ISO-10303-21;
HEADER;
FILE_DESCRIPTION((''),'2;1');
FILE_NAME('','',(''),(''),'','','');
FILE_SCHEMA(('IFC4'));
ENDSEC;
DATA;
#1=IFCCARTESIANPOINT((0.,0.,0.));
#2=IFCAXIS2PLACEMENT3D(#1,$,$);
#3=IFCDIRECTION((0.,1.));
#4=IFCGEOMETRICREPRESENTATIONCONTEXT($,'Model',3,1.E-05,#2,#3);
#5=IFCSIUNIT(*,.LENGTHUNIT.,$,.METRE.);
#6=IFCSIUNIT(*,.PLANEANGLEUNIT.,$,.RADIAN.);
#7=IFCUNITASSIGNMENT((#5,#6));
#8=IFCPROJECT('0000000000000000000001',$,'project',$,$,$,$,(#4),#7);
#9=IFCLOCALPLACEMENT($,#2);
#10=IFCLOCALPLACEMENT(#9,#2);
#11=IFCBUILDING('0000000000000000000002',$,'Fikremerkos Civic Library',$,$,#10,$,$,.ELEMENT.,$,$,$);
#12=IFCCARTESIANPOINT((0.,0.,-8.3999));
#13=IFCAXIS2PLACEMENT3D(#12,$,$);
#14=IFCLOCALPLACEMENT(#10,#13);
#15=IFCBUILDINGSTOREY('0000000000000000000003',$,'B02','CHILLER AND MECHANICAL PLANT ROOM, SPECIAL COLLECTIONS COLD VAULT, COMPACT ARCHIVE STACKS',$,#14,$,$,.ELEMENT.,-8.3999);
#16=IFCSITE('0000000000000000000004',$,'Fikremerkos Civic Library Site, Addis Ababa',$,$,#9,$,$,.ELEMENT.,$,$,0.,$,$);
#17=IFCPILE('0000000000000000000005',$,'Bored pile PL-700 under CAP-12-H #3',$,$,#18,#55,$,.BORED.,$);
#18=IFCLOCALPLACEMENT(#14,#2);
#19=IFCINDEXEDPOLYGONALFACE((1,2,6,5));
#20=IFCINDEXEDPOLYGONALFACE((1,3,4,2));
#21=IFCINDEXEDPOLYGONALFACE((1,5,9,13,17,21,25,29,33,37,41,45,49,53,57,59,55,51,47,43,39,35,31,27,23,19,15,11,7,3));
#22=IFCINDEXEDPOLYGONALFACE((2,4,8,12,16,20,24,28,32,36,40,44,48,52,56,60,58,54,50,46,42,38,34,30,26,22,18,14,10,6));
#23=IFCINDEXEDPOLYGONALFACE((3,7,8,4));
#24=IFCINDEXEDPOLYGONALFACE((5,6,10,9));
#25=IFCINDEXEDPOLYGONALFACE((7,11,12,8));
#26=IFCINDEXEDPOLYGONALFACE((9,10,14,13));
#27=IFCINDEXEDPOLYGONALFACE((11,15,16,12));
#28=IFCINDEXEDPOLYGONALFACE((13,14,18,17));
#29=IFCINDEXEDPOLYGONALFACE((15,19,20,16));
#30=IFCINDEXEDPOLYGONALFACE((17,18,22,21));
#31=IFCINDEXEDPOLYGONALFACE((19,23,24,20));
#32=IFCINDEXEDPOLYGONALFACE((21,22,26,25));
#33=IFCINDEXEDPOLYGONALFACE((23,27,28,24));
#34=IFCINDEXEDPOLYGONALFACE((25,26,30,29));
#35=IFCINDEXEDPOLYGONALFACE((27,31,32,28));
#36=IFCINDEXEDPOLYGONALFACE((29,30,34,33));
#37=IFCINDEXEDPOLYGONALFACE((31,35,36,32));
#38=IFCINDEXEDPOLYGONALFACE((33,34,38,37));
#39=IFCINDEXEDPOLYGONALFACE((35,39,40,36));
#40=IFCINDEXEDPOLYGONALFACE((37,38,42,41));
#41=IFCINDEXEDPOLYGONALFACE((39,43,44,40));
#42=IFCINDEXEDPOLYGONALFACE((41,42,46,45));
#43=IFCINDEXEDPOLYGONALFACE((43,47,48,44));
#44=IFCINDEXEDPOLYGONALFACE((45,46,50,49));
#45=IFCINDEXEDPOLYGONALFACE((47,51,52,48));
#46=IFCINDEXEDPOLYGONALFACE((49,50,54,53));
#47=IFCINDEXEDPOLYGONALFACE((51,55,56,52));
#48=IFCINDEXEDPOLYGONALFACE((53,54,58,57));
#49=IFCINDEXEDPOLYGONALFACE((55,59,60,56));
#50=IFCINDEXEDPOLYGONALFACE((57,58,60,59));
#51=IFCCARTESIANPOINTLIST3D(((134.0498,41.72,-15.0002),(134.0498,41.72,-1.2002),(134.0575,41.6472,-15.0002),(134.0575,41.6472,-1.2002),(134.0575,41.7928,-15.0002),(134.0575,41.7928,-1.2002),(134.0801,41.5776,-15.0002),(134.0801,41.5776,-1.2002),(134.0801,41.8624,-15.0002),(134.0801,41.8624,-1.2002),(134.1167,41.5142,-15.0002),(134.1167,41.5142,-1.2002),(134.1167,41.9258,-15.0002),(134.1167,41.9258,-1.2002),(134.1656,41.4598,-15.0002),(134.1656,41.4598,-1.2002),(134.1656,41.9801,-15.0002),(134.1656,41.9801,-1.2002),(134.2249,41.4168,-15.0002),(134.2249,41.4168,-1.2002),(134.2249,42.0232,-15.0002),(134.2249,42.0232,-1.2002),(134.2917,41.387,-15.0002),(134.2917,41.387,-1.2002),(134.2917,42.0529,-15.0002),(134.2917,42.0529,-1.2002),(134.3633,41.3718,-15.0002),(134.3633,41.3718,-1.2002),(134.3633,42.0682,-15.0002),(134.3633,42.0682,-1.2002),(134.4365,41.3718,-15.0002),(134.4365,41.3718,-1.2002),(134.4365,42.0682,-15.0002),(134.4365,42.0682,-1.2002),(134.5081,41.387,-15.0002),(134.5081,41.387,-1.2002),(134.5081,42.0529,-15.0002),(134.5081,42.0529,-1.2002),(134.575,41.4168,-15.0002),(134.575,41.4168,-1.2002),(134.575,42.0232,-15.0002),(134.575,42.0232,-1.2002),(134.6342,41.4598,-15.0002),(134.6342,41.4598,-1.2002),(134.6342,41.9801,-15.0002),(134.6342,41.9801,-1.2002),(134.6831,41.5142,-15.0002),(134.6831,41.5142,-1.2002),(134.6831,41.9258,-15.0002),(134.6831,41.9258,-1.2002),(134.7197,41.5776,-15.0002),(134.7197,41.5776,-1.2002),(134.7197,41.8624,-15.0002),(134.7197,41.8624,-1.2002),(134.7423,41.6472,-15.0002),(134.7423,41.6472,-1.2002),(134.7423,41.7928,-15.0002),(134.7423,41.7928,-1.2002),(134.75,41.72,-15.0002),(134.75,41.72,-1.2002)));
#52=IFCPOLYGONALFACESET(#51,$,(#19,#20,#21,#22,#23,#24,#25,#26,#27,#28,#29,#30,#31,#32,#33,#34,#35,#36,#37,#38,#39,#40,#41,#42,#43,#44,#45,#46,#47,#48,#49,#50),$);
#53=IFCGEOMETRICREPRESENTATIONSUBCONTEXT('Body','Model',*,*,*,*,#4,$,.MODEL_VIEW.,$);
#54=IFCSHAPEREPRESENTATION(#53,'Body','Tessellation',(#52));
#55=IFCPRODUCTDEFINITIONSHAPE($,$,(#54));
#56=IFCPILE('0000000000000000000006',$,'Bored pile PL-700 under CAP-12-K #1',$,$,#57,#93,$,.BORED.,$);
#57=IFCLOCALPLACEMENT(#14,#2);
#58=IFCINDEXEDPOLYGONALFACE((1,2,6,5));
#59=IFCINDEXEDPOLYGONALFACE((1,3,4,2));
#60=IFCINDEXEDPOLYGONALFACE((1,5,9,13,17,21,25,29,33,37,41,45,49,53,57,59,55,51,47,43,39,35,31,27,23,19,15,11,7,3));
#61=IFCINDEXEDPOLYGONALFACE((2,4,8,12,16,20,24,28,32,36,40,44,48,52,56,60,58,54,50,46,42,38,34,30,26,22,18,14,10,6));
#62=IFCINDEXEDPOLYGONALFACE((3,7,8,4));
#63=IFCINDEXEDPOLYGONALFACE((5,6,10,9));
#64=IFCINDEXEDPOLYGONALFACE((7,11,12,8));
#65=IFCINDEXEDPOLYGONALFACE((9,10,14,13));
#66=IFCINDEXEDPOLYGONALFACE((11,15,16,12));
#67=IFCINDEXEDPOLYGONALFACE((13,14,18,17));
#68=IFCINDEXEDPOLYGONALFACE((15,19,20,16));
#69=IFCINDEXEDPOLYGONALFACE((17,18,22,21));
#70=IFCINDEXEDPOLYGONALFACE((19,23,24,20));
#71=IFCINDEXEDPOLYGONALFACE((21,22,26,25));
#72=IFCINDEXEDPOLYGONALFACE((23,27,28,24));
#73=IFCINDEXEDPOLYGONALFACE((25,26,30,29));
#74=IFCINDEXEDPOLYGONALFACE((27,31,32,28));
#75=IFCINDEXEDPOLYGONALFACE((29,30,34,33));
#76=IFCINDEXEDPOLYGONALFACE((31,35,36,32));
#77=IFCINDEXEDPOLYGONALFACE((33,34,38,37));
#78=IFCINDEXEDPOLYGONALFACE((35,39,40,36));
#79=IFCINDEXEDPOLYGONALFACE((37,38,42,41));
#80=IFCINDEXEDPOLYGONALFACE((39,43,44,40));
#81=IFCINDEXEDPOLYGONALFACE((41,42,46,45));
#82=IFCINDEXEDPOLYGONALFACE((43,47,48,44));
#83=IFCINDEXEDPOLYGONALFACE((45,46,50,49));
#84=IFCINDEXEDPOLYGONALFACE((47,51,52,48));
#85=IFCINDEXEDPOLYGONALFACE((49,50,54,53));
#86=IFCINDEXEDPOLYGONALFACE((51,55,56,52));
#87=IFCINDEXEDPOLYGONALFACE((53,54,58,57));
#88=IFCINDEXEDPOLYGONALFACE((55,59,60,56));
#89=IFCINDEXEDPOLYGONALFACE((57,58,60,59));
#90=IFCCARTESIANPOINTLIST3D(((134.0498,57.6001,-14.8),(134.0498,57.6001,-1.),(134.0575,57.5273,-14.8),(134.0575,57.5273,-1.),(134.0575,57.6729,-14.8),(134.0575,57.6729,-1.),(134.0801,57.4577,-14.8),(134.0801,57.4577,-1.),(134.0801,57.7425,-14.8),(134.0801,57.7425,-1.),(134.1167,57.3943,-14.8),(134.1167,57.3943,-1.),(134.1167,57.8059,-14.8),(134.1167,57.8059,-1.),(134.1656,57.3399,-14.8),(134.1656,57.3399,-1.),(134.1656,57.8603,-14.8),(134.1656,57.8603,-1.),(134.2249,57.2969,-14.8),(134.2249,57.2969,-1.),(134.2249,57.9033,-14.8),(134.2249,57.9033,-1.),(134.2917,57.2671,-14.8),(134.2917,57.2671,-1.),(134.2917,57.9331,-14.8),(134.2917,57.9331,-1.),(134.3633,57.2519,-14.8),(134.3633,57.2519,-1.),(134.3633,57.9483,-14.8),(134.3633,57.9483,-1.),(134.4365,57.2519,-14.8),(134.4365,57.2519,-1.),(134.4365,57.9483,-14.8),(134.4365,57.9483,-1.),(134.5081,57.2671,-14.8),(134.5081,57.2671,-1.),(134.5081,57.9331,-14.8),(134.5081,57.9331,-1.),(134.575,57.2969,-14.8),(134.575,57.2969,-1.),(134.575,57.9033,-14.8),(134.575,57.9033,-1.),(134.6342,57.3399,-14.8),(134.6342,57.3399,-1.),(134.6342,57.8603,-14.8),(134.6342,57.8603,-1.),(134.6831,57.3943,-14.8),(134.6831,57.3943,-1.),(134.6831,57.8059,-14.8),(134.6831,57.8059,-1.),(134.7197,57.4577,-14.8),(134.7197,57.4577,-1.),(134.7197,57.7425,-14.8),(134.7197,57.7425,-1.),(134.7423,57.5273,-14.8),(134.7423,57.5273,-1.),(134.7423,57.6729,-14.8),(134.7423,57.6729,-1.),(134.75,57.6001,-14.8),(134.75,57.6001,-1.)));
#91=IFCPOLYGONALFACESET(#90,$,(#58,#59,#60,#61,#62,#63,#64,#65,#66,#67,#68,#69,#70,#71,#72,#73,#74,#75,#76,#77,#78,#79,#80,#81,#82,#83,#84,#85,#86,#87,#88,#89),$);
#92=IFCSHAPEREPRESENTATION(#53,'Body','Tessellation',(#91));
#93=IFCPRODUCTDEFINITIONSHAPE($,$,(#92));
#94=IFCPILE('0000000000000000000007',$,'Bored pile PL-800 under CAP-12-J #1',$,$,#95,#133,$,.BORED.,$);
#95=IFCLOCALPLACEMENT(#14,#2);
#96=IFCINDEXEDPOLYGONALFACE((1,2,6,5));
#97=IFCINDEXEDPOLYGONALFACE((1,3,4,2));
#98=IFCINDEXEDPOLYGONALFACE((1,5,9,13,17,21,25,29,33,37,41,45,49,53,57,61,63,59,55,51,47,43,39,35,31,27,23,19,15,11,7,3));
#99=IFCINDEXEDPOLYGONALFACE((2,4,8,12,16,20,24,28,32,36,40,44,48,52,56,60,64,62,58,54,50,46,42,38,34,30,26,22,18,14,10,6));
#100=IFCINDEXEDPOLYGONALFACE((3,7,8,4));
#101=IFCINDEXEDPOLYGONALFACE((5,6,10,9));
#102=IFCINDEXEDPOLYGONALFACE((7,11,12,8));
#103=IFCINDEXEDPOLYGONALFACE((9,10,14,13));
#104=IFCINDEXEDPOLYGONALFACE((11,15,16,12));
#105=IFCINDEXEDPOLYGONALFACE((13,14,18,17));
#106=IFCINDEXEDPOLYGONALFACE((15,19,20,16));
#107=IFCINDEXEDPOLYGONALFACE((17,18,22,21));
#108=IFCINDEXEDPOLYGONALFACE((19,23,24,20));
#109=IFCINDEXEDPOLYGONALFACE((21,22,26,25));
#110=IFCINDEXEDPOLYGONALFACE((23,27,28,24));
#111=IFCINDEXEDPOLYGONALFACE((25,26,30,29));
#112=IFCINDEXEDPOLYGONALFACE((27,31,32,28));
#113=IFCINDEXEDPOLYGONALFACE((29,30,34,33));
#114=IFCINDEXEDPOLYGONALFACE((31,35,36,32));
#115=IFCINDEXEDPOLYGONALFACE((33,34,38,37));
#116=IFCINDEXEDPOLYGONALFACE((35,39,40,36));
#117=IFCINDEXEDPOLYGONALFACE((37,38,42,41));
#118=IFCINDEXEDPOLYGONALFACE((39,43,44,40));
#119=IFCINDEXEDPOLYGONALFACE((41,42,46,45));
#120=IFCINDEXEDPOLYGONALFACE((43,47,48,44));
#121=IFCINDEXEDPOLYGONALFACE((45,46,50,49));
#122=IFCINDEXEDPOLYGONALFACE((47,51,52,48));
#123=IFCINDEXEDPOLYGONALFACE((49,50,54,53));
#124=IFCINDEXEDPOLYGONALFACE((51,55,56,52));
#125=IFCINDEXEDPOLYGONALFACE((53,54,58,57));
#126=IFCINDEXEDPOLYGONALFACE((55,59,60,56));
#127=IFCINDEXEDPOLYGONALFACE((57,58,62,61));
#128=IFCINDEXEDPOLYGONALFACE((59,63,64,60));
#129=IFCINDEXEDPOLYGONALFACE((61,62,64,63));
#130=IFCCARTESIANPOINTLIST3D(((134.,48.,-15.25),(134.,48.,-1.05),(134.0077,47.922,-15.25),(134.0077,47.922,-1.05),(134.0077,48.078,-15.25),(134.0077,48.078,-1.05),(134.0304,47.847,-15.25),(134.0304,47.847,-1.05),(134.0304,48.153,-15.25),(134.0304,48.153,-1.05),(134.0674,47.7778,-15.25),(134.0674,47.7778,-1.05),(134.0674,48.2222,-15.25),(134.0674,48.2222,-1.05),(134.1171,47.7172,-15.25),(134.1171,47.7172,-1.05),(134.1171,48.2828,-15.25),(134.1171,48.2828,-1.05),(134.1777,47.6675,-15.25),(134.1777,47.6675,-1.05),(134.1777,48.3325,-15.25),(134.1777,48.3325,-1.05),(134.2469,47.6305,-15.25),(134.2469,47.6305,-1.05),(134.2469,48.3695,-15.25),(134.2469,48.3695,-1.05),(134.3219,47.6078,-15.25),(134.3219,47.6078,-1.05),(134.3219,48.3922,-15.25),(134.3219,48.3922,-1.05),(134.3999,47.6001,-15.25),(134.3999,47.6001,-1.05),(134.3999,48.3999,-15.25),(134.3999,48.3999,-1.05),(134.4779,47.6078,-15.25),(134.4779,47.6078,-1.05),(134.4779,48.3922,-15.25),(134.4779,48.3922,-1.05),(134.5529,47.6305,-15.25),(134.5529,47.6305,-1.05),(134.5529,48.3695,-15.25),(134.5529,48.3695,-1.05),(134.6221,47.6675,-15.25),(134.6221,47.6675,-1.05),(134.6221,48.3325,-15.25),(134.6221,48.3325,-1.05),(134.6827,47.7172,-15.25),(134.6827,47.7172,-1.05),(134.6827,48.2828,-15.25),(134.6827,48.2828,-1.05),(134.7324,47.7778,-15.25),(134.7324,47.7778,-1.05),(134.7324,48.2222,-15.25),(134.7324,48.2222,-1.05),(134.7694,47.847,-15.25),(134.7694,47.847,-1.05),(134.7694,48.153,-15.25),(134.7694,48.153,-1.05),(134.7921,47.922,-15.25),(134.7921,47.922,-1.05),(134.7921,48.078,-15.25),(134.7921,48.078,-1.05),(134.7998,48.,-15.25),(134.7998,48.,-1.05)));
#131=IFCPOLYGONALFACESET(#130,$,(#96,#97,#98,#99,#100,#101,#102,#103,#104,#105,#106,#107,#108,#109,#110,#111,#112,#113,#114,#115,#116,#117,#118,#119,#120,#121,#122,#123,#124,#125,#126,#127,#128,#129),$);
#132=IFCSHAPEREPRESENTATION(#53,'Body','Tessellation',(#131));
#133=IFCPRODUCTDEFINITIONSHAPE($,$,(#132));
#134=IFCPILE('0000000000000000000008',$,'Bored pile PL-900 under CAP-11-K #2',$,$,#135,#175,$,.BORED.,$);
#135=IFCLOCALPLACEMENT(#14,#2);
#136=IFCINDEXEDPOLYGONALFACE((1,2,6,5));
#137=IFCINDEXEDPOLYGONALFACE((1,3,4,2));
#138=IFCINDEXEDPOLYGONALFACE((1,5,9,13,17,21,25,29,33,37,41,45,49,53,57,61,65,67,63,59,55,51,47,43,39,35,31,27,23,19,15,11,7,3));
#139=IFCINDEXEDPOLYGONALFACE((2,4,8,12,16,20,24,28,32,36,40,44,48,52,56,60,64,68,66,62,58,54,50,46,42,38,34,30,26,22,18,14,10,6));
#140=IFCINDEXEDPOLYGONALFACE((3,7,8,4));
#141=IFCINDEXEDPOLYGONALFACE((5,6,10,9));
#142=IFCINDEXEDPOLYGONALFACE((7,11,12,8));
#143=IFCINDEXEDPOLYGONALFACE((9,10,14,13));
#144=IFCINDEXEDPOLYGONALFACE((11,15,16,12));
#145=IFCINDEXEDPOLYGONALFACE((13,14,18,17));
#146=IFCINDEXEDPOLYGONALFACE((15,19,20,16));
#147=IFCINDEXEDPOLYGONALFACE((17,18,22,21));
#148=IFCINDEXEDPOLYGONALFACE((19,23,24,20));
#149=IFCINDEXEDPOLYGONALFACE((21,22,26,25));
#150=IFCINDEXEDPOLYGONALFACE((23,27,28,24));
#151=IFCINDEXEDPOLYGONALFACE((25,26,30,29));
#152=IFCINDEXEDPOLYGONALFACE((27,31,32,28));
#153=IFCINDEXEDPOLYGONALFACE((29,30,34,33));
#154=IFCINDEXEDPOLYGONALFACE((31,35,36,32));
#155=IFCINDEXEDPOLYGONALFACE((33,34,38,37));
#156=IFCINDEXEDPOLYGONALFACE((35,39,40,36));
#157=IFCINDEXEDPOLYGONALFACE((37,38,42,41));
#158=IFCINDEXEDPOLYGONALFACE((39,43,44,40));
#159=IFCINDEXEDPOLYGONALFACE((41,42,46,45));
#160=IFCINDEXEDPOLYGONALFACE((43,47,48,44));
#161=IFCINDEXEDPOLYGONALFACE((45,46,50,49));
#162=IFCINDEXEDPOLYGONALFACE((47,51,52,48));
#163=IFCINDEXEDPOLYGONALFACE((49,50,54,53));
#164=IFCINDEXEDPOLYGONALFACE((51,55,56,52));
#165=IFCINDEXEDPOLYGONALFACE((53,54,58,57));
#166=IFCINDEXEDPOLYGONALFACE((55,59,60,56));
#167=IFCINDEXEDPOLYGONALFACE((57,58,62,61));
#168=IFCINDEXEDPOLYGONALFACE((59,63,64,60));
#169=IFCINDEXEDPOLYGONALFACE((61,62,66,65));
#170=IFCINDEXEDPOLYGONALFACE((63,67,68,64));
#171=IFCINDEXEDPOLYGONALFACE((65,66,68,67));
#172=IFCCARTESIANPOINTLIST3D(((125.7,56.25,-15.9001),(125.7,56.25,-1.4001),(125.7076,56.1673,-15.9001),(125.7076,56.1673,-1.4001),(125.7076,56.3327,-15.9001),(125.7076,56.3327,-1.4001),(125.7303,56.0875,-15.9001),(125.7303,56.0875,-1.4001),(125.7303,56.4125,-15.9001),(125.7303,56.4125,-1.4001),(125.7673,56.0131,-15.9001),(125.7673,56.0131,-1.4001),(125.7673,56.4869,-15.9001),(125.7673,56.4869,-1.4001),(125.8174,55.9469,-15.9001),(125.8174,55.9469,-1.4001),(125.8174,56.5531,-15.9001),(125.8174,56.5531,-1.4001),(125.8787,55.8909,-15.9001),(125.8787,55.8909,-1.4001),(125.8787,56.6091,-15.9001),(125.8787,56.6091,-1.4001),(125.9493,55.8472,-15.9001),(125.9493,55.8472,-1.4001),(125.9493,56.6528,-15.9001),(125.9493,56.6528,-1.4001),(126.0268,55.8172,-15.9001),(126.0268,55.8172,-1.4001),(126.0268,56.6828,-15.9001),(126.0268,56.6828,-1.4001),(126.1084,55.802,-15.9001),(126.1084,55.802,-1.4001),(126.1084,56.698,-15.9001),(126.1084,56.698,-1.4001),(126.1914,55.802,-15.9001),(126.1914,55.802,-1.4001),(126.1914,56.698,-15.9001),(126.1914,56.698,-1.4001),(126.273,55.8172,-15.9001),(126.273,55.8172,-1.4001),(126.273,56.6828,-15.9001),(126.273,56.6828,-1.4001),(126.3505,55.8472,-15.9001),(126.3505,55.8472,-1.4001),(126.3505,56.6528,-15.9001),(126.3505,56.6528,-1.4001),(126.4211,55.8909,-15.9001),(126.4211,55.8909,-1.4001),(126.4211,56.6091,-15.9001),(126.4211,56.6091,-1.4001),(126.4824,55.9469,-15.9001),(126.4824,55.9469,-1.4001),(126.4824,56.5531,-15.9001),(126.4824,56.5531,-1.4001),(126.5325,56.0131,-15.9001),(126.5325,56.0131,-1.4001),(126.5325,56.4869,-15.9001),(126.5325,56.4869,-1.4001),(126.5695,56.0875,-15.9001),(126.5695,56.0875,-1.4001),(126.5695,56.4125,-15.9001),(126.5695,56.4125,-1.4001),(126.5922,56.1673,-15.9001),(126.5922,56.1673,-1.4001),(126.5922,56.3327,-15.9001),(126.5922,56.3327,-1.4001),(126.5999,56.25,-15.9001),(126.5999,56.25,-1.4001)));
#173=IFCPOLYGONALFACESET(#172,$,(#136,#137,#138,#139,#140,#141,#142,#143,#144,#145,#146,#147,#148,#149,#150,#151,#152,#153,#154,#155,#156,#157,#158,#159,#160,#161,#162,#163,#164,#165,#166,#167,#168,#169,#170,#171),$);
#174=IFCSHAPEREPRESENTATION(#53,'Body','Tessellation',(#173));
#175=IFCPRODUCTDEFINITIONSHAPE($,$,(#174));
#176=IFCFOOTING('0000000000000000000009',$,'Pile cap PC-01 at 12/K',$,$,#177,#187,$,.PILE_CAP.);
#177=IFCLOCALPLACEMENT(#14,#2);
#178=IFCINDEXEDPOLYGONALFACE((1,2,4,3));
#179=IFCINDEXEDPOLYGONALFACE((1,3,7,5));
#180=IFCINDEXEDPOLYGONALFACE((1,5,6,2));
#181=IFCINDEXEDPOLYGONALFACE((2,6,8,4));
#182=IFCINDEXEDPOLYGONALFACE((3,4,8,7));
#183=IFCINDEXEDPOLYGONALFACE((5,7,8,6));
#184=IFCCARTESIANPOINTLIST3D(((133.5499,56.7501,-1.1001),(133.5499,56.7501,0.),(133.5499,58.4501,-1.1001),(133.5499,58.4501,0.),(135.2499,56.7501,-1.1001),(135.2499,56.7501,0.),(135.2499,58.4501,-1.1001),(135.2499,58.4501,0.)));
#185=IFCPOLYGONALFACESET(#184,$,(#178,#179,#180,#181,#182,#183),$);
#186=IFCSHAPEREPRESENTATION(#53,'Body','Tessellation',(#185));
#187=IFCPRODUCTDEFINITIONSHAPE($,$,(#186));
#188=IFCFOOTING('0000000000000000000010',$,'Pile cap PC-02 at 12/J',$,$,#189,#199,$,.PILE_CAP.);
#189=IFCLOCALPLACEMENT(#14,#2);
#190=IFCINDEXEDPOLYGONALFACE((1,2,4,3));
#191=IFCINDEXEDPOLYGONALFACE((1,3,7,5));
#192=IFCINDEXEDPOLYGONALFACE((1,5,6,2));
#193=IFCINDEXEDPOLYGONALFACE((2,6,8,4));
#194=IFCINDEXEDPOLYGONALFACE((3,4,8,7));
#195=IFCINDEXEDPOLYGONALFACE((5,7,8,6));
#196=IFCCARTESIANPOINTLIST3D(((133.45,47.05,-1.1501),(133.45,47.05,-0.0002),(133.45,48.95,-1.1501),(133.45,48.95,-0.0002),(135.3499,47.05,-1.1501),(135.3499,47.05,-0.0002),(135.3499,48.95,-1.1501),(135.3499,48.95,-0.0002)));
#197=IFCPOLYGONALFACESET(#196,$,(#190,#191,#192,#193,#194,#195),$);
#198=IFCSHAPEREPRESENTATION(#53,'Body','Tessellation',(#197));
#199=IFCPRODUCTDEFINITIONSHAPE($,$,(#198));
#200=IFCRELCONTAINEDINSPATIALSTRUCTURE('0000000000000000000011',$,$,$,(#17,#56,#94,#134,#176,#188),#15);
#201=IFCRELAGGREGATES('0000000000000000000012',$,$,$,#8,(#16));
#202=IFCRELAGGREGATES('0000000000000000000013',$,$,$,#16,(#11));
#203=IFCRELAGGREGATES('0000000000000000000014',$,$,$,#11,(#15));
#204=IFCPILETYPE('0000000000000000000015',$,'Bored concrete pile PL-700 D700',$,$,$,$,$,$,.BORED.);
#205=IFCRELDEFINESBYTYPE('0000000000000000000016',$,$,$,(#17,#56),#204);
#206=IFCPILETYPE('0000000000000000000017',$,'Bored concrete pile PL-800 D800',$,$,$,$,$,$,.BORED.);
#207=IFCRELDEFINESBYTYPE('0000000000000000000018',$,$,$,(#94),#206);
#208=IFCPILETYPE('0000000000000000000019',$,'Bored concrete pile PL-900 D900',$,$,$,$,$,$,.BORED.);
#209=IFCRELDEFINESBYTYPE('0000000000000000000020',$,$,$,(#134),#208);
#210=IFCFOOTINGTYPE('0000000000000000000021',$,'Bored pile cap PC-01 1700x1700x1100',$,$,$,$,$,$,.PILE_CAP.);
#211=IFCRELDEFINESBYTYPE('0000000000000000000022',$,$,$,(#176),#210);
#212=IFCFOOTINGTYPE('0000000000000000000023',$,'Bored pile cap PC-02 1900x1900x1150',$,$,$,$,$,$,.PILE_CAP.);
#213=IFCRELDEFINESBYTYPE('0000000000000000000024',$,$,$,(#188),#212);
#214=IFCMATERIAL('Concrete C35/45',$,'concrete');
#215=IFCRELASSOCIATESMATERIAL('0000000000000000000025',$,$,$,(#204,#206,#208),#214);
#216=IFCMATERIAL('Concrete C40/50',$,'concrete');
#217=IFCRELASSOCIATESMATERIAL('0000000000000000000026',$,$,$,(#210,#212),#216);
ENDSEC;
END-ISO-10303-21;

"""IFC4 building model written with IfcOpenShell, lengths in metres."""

from ifc_helpers import new_model, si_unit, direction, frame, origin, origin_2d, place, context, subcontext, project, spatial, rectangle, circle, extrude, material, material_profile, profile_set, type_object, element, save


model = new_model("IFC4")

# Units and contexts
model_context = context("Model", 3, precision=1e-05, world=origin(), true_north=direction((0.0, 1.0)))
body_context = subcontext(model_context, "Body", "Model", "MODEL_VIEW")
ifc_project = project(units=[si_unit("LENGTHUNIT", "METRE"), si_unit("PLANEANGLEUNIT", "RADIAN")], contexts=[model_context])

# Site, building, storey
site_placement = place(None, origin())
site = spatial("IfcSite", under=ifc_project, at=site_placement, Name="Fikremerkos Civic Library Site, Addis Ababa", CompositionType="ELEMENT", RefElevation=0.0)
building_placement = place(site_placement, origin())
building = spatial("IfcBuilding", under=site, at=building_placement, Name="Fikremerkos Civic Library", CompositionType="ELEMENT")
storey_placement = place(building_placement, frame((0.0, 0.0, -8.3999)))
storey = spatial("IfcBuildingStorey", under=building, at=storey_placement, Name="B02", Description="CHILLER AND MECHANICAL PLANT ROOM, SPECIAL COLLECTIONS COLD VAULT, COMPACT ARCHIVE STACKS", CompositionType="ELEMENT", Elevation=-8.3999)

# Piles
ifc_material_1 = material(Name="Concrete C35/45", Category="concrete")
ifc_material_profile_1 = material_profile(ifc_material_1, circle(Radius=0.3501, at=origin_2d()), Name="BORED PILE 700")
ifc_profile_set_1 = profile_set([ifc_material_profile_1], Name="Concrete C35/45")
pile_type_1 = type_object("IfcPileType", Name="Bored concrete pile PL-700 D700", PredefinedType="BORED", material=ifc_profile_set_1)
for number, where, z_axis, x_axis, name in (
    (1, (134.3999, 41.72, -1.2002), (0.0, 0.0, -1.0), (1.0, 0.0, 0.0), "Bored pile PL-700 under CAP-12-H #3"),
    (2, (134.3999, 57.6001, -1.0), (0.0, 0.0, -1.0), (1.0, 0.0, 0.0), "Bored pile PL-700 under CAP-12-K #1"),
):
    element("IfcPile", number, at=place(storey_placement, frame(where, z_axis=z_axis, x_axis=x_axis)), inside=storey, type_object=pile_type_1, Name=name, PredefinedType="BORED", context=body_context, shape_type="SweptSolid", body=[
        extrude(circle(Radius=0.3501, at=origin_2d()), origin(), (0.0, 0.0, 1.0), 13.8),
    ])
ifc_material_profile_2 = material_profile(ifc_material_1, circle(Radius=0.3999, at=origin_2d()), Name="BORED PILE 800")
ifc_profile_set_2 = profile_set([ifc_material_profile_2], Name="Concrete C35/45")
pile_type_2 = type_object("IfcPileType", Name="Bored concrete pile PL-800 D800", PredefinedType="BORED", material=ifc_profile_set_2)
pile_1_placement = place(storey_placement, frame((134.3999, 48.0, -1.05), z_axis=(0.0, 0.0, -1.0), x_axis=(1.0, 0.0, 0.0)))
element("IfcPile", 3, at=pile_1_placement, inside=storey, type_object=pile_type_2, Name="Bored pile PL-800 under CAP-12-J #1", PredefinedType="BORED", context=body_context, shape_type="SweptSolid", body=[
    extrude(circle(Radius=0.3999, at=origin_2d()), origin(), (0.0, 0.0, 1.0), 14.2),
])
ifc_material_profile_3 = material_profile(ifc_material_1, circle(Radius=0.45, at=origin_2d()), Name="BORED PILE 900")
ifc_profile_set_3 = profile_set([ifc_material_profile_3], Name="Concrete C35/45")
pile_type_3 = type_object("IfcPileType", Name="Bored concrete pile PL-900 D900", PredefinedType="BORED", material=ifc_profile_set_3)
pile_2_placement = place(storey_placement, frame((126.1499, 56.25, -1.4001), z_axis=(0.0, 0.0, -1.0), x_axis=(1.0, 0.0, 0.0)))
element("IfcPile", 4, at=pile_2_placement, inside=storey, type_object=pile_type_3, Name="Bored pile PL-900 under CAP-11-K #2", PredefinedType="BORED", context=body_context, shape_type="SweptSolid", body=[
    extrude(circle(Radius=0.45, at=origin_2d()), origin(), (0.0, 0.0, 1.0), 14.5),
])

# Footings
ifc_material_2 = material(Name="Concrete C40/50", Category="concrete")
footing_type_1 = type_object("IfcFootingType", Name="Bored pile cap PC-01 1700x1700x1100", PredefinedType="PILE_CAP", material=ifc_material_2)
footing_1_placement = place(storey_placement, frame((134.3999, 57.6001, -1.1001), z_axis=(0.0, 0.0, 1.0), x_axis=(1.0, 0.0, 0.0)))
element("IfcFooting", 5, at=footing_1_placement, inside=storey, type_object=footing_type_1, Name="Pile cap PC-01 at 12/K", PredefinedType="PILE_CAP", context=body_context, shape_type="SweptSolid", body=[
    extrude(rectangle(XDim=1.7, YDim=1.7, at=origin_2d()), origin(), (0.0, 0.0, 1.0), 1.1001),
])
footing_type_2 = type_object("IfcFootingType", Name="Bored pile cap PC-02 1900x1900x1150", PredefinedType="PILE_CAP", material=ifc_material_2)
footing_2_placement = place(storey_placement, frame((134.3999, 48.0, -1.1501), z_axis=(0.0, 0.0, 1.0), x_axis=(1.0, 0.0, 0.0)))
element("IfcFooting", 6, at=footing_2_placement, inside=storey, type_object=footing_type_2, Name="Pile cap PC-02 at 12/J", PredefinedType="PILE_CAP", context=body_context, shape_type="SweptSolid", body=[
    extrude(rectangle(XDim=1.8999, YDim=1.8999, at=origin_2d()), origin(), (0.0, 0.0, 1.0), 1.1499),
])

save(model, "model.ifc")
